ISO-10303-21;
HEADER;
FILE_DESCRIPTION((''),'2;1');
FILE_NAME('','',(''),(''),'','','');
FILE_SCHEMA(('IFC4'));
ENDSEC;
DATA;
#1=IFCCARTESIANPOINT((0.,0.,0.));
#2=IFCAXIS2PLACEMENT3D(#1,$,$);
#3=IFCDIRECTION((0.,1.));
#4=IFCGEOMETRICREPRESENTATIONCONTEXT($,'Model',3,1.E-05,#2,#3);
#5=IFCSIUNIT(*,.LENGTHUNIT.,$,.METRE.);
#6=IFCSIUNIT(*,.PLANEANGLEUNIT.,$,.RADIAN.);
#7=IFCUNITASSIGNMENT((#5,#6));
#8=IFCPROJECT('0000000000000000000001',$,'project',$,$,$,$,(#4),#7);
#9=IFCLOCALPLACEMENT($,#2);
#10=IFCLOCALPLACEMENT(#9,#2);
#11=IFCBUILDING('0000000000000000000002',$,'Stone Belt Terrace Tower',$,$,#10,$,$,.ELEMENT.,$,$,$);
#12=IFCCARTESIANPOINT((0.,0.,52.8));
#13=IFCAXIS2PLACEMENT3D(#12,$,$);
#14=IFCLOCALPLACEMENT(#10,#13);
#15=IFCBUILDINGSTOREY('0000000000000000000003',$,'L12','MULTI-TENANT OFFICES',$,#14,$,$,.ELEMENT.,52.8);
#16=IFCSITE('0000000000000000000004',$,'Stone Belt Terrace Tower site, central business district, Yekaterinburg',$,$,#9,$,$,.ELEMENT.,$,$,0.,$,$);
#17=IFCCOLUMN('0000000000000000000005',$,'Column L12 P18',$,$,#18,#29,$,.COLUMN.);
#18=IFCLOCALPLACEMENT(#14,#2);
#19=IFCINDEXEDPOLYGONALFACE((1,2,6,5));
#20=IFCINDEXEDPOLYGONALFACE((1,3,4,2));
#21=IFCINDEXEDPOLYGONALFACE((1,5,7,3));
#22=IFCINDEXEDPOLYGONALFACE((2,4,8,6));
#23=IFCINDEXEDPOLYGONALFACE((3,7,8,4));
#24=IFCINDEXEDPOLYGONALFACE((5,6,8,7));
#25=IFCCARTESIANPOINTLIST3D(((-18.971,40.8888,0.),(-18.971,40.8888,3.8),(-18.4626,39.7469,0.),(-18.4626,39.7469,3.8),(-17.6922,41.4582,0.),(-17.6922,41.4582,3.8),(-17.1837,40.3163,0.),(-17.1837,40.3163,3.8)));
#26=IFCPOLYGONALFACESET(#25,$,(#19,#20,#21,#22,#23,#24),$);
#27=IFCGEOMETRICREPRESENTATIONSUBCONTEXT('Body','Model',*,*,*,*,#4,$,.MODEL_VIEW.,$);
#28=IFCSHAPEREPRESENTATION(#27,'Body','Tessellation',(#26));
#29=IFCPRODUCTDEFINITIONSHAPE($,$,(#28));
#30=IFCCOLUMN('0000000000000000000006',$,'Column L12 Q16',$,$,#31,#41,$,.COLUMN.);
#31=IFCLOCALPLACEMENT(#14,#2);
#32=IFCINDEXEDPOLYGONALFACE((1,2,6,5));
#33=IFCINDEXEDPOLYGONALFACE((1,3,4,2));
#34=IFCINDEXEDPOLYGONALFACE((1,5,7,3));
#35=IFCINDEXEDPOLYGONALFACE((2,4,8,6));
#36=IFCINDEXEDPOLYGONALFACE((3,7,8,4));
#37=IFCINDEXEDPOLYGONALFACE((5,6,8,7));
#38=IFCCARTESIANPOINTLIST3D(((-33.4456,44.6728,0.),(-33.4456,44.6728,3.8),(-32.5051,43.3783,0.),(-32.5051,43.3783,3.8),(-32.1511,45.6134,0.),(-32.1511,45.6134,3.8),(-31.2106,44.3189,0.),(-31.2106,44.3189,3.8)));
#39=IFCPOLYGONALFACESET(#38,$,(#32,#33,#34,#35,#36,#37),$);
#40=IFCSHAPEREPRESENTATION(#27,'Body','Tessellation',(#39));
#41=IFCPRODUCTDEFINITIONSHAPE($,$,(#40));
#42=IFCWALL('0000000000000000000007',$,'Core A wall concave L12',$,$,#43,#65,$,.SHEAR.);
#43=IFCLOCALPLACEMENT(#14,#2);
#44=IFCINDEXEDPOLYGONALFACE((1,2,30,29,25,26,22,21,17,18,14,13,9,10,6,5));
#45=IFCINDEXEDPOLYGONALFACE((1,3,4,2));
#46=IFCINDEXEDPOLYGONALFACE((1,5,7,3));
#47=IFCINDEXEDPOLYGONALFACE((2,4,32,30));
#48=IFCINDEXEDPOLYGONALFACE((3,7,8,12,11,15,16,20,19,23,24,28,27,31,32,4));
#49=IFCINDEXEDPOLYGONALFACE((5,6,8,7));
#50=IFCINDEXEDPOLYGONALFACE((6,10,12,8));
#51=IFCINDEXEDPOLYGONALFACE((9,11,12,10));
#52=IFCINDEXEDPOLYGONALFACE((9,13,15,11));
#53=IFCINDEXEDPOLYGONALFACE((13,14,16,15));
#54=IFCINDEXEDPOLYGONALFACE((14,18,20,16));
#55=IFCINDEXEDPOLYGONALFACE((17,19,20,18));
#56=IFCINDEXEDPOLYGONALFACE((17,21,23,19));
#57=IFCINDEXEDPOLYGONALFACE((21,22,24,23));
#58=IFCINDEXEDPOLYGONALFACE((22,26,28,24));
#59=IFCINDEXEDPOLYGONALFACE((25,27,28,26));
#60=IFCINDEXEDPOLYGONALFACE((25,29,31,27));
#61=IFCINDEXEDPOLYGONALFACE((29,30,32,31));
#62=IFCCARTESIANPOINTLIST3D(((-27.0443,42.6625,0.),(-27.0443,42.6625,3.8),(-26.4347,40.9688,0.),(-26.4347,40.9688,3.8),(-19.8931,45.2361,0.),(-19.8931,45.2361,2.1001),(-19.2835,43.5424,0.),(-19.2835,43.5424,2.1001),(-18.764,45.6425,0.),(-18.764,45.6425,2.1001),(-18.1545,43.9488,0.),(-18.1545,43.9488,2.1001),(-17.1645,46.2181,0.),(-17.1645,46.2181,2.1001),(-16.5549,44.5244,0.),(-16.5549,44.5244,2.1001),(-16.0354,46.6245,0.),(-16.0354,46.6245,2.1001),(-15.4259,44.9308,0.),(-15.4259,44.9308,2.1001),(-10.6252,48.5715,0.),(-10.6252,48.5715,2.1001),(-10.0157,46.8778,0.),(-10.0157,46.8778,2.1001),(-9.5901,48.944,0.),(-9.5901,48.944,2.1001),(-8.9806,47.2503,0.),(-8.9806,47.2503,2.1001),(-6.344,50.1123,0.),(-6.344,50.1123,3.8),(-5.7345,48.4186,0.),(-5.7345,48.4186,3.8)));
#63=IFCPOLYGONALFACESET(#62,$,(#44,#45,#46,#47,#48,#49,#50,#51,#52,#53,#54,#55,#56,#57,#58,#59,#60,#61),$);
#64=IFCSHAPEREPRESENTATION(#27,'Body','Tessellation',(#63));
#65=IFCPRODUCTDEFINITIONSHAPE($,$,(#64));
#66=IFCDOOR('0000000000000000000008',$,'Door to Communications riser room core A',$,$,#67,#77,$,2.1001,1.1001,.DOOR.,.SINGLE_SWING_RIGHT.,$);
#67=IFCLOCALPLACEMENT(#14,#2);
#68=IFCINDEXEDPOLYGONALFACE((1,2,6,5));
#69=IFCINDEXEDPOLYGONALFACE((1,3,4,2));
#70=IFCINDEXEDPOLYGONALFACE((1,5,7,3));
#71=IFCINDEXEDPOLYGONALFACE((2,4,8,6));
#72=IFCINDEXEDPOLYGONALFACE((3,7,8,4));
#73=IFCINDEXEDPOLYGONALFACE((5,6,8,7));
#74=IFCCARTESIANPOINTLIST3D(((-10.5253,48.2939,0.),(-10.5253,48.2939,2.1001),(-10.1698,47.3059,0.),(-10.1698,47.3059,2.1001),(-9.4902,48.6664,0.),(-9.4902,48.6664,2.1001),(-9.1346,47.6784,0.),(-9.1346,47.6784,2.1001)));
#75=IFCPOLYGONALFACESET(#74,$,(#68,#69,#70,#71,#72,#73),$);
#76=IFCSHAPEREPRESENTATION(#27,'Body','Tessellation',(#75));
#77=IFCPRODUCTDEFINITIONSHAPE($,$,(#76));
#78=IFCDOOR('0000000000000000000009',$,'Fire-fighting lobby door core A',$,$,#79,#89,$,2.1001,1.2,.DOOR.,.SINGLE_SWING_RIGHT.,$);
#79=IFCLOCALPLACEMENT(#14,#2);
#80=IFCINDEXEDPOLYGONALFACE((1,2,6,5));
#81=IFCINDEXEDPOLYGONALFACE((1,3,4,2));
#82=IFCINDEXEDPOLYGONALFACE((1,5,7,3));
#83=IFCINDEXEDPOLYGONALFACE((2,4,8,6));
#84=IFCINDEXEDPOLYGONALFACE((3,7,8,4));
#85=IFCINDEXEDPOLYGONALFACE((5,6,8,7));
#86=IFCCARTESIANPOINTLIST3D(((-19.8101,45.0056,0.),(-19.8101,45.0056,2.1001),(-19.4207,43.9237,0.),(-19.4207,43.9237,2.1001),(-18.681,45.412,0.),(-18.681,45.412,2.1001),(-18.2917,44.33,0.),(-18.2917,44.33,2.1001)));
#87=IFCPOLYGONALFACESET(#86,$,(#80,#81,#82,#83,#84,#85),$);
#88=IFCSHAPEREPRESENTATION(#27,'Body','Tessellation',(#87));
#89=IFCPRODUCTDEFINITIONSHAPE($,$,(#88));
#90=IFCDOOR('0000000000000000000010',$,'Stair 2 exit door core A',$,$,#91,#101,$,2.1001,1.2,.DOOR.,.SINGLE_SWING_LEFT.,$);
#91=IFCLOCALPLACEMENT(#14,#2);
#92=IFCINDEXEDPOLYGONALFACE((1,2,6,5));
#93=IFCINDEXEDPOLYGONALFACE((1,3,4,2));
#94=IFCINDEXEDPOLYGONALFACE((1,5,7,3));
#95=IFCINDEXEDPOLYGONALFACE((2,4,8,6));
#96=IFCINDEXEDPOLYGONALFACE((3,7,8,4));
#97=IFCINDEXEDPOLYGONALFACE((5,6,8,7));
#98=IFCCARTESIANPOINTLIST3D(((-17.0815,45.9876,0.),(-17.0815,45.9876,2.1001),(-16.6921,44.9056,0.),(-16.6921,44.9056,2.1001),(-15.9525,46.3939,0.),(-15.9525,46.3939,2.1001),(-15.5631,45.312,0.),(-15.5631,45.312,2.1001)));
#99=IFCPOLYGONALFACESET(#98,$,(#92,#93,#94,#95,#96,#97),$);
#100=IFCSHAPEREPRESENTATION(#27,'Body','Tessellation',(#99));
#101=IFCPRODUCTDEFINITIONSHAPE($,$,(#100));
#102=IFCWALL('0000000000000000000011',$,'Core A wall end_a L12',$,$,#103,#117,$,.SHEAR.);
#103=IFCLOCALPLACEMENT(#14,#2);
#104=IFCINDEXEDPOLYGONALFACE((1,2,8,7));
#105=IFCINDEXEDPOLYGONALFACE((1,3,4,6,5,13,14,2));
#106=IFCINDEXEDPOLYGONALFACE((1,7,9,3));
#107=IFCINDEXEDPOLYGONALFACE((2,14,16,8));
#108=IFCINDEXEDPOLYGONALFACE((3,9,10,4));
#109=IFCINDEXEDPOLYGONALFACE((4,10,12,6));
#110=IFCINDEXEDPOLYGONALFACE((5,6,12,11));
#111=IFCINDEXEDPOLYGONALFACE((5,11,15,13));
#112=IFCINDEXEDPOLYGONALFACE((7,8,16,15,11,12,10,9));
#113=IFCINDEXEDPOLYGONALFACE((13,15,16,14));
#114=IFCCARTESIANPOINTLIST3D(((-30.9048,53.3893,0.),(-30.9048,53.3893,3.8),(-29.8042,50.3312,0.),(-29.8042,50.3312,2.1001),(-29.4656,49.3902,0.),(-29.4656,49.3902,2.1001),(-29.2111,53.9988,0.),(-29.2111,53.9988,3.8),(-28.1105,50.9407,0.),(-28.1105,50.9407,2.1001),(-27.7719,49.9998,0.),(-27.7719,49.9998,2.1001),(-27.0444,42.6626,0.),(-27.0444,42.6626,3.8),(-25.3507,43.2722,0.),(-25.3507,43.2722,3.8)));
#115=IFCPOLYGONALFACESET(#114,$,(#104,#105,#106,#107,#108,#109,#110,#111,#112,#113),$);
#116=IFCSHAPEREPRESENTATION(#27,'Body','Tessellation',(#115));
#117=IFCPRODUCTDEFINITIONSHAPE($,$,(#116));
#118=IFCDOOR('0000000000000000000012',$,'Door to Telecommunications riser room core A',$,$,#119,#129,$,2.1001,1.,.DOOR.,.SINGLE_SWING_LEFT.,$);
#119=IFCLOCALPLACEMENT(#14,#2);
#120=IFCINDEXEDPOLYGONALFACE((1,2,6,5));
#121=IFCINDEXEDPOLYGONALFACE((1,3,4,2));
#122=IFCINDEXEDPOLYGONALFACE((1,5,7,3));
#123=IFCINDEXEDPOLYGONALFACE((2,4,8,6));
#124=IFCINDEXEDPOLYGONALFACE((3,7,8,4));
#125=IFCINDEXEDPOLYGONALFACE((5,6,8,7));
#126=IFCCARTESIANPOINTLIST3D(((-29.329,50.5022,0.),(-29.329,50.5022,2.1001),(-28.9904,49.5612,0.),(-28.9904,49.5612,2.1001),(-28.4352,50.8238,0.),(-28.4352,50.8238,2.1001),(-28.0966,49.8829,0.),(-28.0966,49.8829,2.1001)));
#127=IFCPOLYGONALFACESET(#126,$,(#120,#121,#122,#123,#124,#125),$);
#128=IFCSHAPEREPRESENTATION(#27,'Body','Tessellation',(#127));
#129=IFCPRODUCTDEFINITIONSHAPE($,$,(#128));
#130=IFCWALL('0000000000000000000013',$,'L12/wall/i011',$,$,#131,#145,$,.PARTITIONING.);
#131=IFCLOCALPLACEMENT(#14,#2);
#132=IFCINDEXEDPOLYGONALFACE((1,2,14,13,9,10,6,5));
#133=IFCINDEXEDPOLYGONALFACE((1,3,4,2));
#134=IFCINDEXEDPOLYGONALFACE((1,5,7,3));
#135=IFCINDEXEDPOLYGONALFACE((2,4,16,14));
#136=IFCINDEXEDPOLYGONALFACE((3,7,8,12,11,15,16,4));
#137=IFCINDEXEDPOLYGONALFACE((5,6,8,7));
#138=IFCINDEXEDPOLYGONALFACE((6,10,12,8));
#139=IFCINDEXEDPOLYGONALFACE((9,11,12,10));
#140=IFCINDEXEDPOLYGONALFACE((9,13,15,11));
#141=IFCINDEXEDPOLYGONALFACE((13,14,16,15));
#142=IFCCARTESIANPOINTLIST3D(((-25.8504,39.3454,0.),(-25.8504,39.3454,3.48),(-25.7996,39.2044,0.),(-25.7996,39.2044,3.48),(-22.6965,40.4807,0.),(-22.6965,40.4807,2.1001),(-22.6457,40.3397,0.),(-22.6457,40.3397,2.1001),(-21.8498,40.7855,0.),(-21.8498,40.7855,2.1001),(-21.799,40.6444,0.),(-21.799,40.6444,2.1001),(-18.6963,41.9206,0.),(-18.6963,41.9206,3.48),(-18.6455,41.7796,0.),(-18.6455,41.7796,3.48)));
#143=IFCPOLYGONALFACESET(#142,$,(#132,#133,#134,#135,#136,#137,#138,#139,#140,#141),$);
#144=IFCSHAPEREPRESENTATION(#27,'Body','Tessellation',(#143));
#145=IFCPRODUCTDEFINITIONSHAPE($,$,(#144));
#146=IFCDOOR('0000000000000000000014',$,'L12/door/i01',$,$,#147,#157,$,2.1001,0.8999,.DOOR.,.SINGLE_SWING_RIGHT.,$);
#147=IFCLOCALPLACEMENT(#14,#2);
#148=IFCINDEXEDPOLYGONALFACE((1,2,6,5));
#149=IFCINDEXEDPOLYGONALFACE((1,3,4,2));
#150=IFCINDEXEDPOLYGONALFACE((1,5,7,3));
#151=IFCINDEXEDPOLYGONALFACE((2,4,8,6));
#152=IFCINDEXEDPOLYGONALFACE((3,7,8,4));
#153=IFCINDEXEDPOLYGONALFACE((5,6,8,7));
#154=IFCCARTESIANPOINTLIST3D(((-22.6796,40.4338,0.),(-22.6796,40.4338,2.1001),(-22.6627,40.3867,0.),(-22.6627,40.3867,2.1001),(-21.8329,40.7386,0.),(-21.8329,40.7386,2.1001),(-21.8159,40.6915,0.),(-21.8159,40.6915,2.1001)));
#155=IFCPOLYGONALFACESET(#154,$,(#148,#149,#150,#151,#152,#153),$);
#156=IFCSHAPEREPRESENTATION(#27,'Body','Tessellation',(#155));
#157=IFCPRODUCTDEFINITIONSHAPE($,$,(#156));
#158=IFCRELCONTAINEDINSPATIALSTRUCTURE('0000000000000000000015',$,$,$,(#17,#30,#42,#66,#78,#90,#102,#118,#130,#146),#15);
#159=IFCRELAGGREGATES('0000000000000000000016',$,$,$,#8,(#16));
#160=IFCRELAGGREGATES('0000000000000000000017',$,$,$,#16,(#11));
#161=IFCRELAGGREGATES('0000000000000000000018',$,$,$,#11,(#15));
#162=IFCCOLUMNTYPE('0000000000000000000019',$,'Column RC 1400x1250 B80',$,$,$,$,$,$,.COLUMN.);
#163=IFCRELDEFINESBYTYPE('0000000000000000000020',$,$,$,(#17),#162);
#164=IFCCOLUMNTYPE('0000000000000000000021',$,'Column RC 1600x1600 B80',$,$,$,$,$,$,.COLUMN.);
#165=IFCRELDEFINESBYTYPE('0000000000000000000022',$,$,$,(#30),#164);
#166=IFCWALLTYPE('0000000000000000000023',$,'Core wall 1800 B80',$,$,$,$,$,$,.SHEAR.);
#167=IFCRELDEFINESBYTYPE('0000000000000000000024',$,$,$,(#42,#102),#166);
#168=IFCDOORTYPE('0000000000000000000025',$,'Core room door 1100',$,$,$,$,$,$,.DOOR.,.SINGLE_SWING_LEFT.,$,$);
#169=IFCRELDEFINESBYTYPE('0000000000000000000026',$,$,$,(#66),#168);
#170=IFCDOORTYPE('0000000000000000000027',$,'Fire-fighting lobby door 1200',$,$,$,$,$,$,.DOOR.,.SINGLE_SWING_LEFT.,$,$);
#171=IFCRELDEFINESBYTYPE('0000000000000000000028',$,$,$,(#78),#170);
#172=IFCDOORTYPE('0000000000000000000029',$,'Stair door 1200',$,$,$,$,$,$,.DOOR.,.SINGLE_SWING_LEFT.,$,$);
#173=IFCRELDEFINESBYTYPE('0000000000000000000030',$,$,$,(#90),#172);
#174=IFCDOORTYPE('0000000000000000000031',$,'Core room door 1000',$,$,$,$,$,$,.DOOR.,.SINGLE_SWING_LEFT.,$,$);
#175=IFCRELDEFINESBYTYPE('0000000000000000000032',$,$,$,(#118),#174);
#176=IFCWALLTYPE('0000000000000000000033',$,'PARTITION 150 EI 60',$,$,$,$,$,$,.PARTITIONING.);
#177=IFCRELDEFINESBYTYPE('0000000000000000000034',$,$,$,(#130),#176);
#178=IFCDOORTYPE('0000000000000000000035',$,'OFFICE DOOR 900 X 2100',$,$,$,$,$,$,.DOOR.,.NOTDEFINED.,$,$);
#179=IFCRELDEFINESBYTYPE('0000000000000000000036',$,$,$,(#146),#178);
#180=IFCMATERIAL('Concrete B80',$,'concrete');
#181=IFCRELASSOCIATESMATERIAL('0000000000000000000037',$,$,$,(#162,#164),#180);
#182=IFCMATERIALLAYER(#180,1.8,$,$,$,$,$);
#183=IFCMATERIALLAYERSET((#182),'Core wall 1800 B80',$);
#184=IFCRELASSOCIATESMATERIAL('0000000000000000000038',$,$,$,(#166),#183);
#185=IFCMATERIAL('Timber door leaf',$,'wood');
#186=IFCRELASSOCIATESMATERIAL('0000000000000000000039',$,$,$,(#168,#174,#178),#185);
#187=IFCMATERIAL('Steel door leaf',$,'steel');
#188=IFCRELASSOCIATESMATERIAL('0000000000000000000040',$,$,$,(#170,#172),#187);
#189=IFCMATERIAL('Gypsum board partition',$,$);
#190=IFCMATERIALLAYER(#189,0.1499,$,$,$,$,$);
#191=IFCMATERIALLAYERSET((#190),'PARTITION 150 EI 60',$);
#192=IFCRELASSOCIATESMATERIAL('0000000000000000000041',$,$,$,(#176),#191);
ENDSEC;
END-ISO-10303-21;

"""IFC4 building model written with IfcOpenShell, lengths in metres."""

from ifc_helpers import new_model, si_unit, direction, frame, frame_2d, origin, origin_2d, place, context, subcontext, project, spatial, rectangle, extrude, material, layer, layer_set, material_profile, profile_set, type_object, element, fill, save


model = new_model("IFC4")

# Units and contexts
model_context = context("Model", 3, precision=1e-05, world=origin(), true_north=direction((0.0, 1.0)))
body_context = subcontext(model_context, "Body", "Model", "MODEL_VIEW")
ifc_project = project(units=[si_unit("LENGTHUNIT", "METRE"), si_unit("PLANEANGLEUNIT", "RADIAN")], contexts=[model_context])

# Site, building, storey
site_placement = place(None, origin())
site = spatial("IfcSite", under=ifc_project, at=site_placement, Name="Stone Belt Terrace Tower site, central business district, Yekaterinburg", CompositionType="ELEMENT", RefElevation=0.0)
building_placement = place(site_placement, origin())
building = spatial("IfcBuilding", under=site, at=building_placement, Name="Stone Belt Terrace Tower", CompositionType="ELEMENT")
storey_placement = place(building_placement, frame((0.0, 0.0, 52.8)))
storey = spatial("IfcBuildingStorey", under=building, at=storey_placement, Name="L12", Description="MULTI-TENANT OFFICES", CompositionType="ELEMENT", Elevation=52.8)

# Columns
ifc_material_1 = material(Name="Concrete B80", Category="concrete")
ifc_material_profile_1 = material_profile(ifc_material_1, rectangle(XDim=1.3999, YDim=1.25, at=origin_2d()), Name="RC 1400x1250")
ifc_profile_set_1 = profile_set([ifc_material_profile_1], Name="Concrete B80")
column_type_1 = type_object("IfcColumnType", Name="Column RC 1400x1250 B80", PredefinedType="COLUMN", material=ifc_profile_set_1)
column_1_placement = place(storey_placement, frame((-18.0774, 40.6025, 0.0), z_axis=(0.0, 0.0, 1.0), x_axis=(0.913545, 0.406737, 0.0)))
element("IfcColumn", 1, at=column_1_placement, inside=storey, type_object=column_type_1, Name="Column L12 P18", PredefinedType="COLUMN", context=body_context, shape_type="SweptSolid", body=[
    extrude(rectangle(XDim=1.3999, YDim=1.25, at=origin_2d()), origin(), (0.0, 0.0, 1.0), 3.8),
])
ifc_material_profile_2 = material_profile(ifc_material_1, rectangle(XDim=1.6001, YDim=1.6001, at=origin_2d()), Name="RC 1600x1600")
ifc_profile_set_2 = profile_set([ifc_material_profile_2], Name="Concrete B80")
column_type_2 = type_object("IfcColumnType", Name="Column RC 1600x1600 B80", PredefinedType="COLUMN", material=ifc_profile_set_2)
column_2_placement = place(storey_placement, frame((-32.3281, 44.4958, 0.0), z_axis=(0.0, 0.0, 1.0), x_axis=(0.809017, 0.587785, 0.0)))
element("IfcColumn", 2, at=column_2_placement, inside=storey, type_object=column_type_2, Name="Column L12 Q16", PredefinedType="COLUMN", context=body_context, shape_type="SweptSolid", body=[
    extrude(rectangle(XDim=1.6001, YDim=1.6001, at=origin_2d()), origin(), (0.0, 0.0, 1.0), 3.8),
])

# Wall, openings, doors
ifc_layer_1 = layer(ifc_material_1, 1.8)
ifc_layer_set_1 = layer_set([ifc_layer_1], Name="Core wall 1800 B80")
wall_type_1 = type_object("IfcWallType", Name="Core wall 1800 B80", PredefinedType="SHEAR", material=ifc_layer_set_1)
wall_1_placement = place(storey_placement, frame((-26.7395, 41.8157, 0.0), z_axis=(0.0, 0.0, 1.0), x_axis=(0.940922, 0.338624, 0.0)))
wall_1 = element("IfcWall", 3, at=wall_1_placement, inside=storey, type_object=wall_type_1, Name="Core A wall concave L12", PredefinedType="SHEAR", context=body_context, shape_type="SweptSolid", body=[
    extrude(rectangle(XDim=22.0, YDim=1.8, at=frame_2d((11.0, 0.0))), origin(), (0.0, 0.0, 1.0), 3.8),
])
opening_1_placement = place(wall_1_placement, frame((7.6001, 0.0, 0.0)))
opening_1 = element("IfcOpeningElement", 4, at=opening_1_placement, cuts=wall_1, PredefinedType="OPENING", context=body_context, shape_type="SweptSolid", body=[
    extrude(rectangle(XDim=1.2, YDim=2.1001, at=frame_2d((0.6001, 1.05))), frame((0.0, 0.9099, 0.0), z_axis=(0.0, -1.0, 0.0), x_axis=(1.0, 0.0, 0.0)), (0.0, 0.0, 1.0), 1.8201),
])
opening_2_placement = place(wall_1_placement, frame((10.5, 0.0, 0.0)))
opening_2 = element("IfcOpeningElement", 5, at=opening_2_placement, cuts=wall_1, PredefinedType="OPENING", context=body_context, shape_type="SweptSolid", body=[
    extrude(rectangle(XDim=1.2, YDim=2.1001, at=frame_2d((0.6001, 1.05))), frame((0.0, 0.9099, 0.0), z_axis=(0.0, -1.0, 0.0), x_axis=(1.0, 0.0, 0.0)), (0.0, 0.0, 1.0), 1.8201),
])
opening_3_placement = place(wall_1_placement, frame((17.45, 0.0, 0.0)))
opening_3 = element("IfcOpeningElement", 6, at=opening_3_placement, cuts=wall_1, PredefinedType="OPENING", context=body_context, shape_type="SweptSolid", body=[
    extrude(rectangle(XDim=1.1001, YDim=2.1001, at=frame_2d((0.55, 1.05))), frame((0.0, 0.9099, 0.0), z_axis=(0.0, -1.0, 0.0), x_axis=(1.0, 0.0, 0.0)), (0.0, 0.0, 1.0), 1.8201),
])
ifc_material_2 = material(Name="Timber door leaf", Category="wood")
door_type_1 = type_object("IfcDoorType", Name="Core room door 1100", OperationType="SINGLE_SWING_LEFT", PredefinedType="DOOR", material=ifc_material_2)
door_1_placement = place(opening_3_placement, origin())
door_1 = element("IfcDoor", 7, at=door_1_placement, inside=storey, type_object=door_type_1, Name="Door to Communications riser room core A", OperationType="SINGLE_SWING_RIGHT", OverallHeight=2.1001, OverallWidth=1.1001, PredefinedType="DOOR", context=body_context, shape_type="SweptSolid", body=[
    extrude(rectangle(XDim=1.1001, YDim=2.1001, at=frame_2d((0.55, 1.05))), frame((0.0, 0.605, 0.0), z_axis=(0.0, -1.0, 0.0), x_axis=(1.0, 0.0, 0.0)), (0.0, 0.0, 1.0), 1.05),
])
fill(opening_3, door_1)
ifc_material_3 = material(Name="Steel door leaf", Category="steel")
door_type_2 = type_object("IfcDoorType", Name="Fire-fighting lobby door 1200", OperationType="SINGLE_SWING_LEFT", PredefinedType="DOOR", material=ifc_material_3)
door_2_placement = place(opening_1_placement, origin())
door_2 = element("IfcDoor", 8, at=door_2_placement, inside=storey, type_object=door_type_2, Name="Fire-fighting lobby door core A", OperationType="SINGLE_SWING_RIGHT", OverallHeight=2.1001, OverallWidth=1.2, PredefinedType="DOOR", context=body_context, shape_type="SweptSolid", body=[
    extrude(rectangle(XDim=1.2, YDim=2.1001, at=frame_2d((0.6001, 1.05))), frame((0.0, 0.655, 0.0), z_axis=(0.0, -1.0, 0.0), x_axis=(1.0, 0.0, 0.0)), (0.0, 0.0, 1.0), 1.1499),
])
fill(opening_1, door_2)
door_type_3 = type_object("IfcDoorType", Name="Stair door 1200", OperationType="SINGLE_SWING_LEFT", PredefinedType="DOOR", material=ifc_material_3)
door_3_placement = place(opening_2_placement, origin())
door_3 = element("IfcDoor", 9, at=door_3_placement, inside=storey, type_object=door_type_3, Name="Stair 2 exit door core A", OperationType="SINGLE_SWING_LEFT", OverallHeight=2.1001, OverallWidth=1.2, PredefinedType="DOOR", context=body_context, shape_type="SweptSolid", body=[
    extrude(rectangle(XDim=1.2, YDim=2.1001, at=frame_2d((0.6001, 1.05))), frame((0.0, 0.655, 0.0), z_axis=(0.0, -1.0, 0.0), x_axis=(1.0, 0.0, 0.0)), (0.0, 0.0, 1.0), 1.1499),
])
fill(opening_2, door_3)

# Walls, openings, doors
wall_2_placement = place(storey_placement, frame((-26.1975, 42.9673, 0.0), z_axis=(0.0, 0.0, 1.0), x_axis=(-0.338625, 0.940921, 0.0)))
wall_2 = element("IfcWall", 10, at=wall_2_placement, inside=storey, type_object=wall_type_1, Name="Core A wall end_a L12", PredefinedType="SHEAR", context=body_context, shape_type="SweptSolid", body=[
    extrude(rectangle(XDim=11.4001, YDim=1.8, at=frame_2d((5.7002, 0.0))), origin(), (0.0, 0.0, 1.0), 3.8),
])
opening_4_placement = place(wall_2_placement, frame((7.1501, 0.0, 0.0)))
opening_4 = element("IfcOpeningElement", 11, at=opening_4_placement, cuts=wall_2, PredefinedType="OPENING", context=body_context, shape_type="SweptSolid", body=[
    extrude(rectangle(XDim=1.0, YDim=2.1001, at=frame_2d((0.5, 1.05))), frame((0.0, 0.9099, 0.0), z_axis=(0.0, -1.0, 0.0), x_axis=(1.0, 0.0, 0.0)), (0.0, 0.0, 1.0), 1.8201),
])
door_type_4 = type_object("IfcDoorType", Name="Core room door 1000", OperationType="SINGLE_SWING_LEFT", PredefinedType="DOOR", material=ifc_material_2)
door_4_placement = place(opening_4_placement, origin())
door_4 = element("IfcDoor", 12, at=door_4_placement, inside=storey, type_object=door_type_4, Name="Door to Telecommunications riser room core A", OperationType="SINGLE_SWING_LEFT", OverallHeight=2.1001, OverallWidth=1.0, PredefinedType="DOOR", context=body_context, shape_type="SweptSolid", body=[
    extrude(rectangle(XDim=1.0, YDim=2.1001, at=frame_2d((0.5, 1.05))), frame((0.0, 0.395, 0.0), z_axis=(0.0, -1.0, 0.0), x_axis=(1.0, 0.0, 0.0)), (0.0, 0.0, 1.0), 0.95),
])
fill(opening_4, door_4)
ifc_material_4 = material(Name="Gypsum board partition")
ifc_layer_2 = layer(ifc_material_4, 0.1499)
ifc_layer_set_2 = layer_set([ifc_layer_2], Name="PARTITION 150 EI 60")
wall_type_2 = type_object("IfcWallType", Name="PARTITION 150 EI 60", PredefinedType="PARTITIONING", material=ifc_layer_set_2)
wall_3_placement = place(storey_placement, frame((-18.6709, 41.8501, 0.0), z_axis=(0.0, 0.0, 1.0), x_axis=(-0.940898, -0.338689, 0.0)))
wall_3 = element("IfcWall", 13, at=wall_3_placement, inside=storey, type_object=wall_type_2, Name="L12/wall/i011", PredefinedType="PARTITIONING", context=body_context, shape_type="SweptSolid", body=[
    extrude(rectangle(XDim=7.6035, YDim=0.1499, at=frame_2d((3.8018, 0.0))), origin(), (0.0, 0.0, 1.0), 3.48),
])
opening_5_placement = place(wall_3_placement, frame((3.3516, 0.0, 0.0)))
opening_5 = element("IfcOpeningElement", 14, at=opening_5_placement, cuts=wall_3, PredefinedType="OPENING", context=body_context, shape_type="SweptSolid", body=[
    extrude(rectangle(XDim=0.8999, YDim=2.1001, at=frame_2d((0.45, 1.05))), frame((0.0, 0.085, 0.0), z_axis=(0.0, -1.0, 0.0), x_axis=(1.0, 0.0, 0.0)), (0.0, 0.0, 1.0), 0.1699),
])
door_type_5 = type_object("IfcDoorType", Name="OFFICE DOOR 900 X 2100", OperationType="NOTDEFINED", PredefinedType="DOOR", material=ifc_material_2)
door_5_placement = place(opening_5_placement, origin())
door_5 = element("IfcDoor", 15, at=door_5_placement, inside=storey, type_object=door_type_5, Name="L12/door/i01", OperationType="SINGLE_SWING_RIGHT", OverallHeight=2.1001, OverallWidth=0.8999, PredefinedType="DOOR", context=body_context, shape_type="SweptSolid", body=[
    extrude(rectangle(XDim=0.8999, YDim=2.1001, at=frame_2d((0.45, 1.05))), frame((0.0, 0.0249, 0.0), z_axis=(0.0, -1.0, 0.0), x_axis=(1.0, 0.0, 0.0)), (0.0, 0.0, 1.0), 0.05),
])
fill(opening_5, door_5)

save(model, "model.ifc")
